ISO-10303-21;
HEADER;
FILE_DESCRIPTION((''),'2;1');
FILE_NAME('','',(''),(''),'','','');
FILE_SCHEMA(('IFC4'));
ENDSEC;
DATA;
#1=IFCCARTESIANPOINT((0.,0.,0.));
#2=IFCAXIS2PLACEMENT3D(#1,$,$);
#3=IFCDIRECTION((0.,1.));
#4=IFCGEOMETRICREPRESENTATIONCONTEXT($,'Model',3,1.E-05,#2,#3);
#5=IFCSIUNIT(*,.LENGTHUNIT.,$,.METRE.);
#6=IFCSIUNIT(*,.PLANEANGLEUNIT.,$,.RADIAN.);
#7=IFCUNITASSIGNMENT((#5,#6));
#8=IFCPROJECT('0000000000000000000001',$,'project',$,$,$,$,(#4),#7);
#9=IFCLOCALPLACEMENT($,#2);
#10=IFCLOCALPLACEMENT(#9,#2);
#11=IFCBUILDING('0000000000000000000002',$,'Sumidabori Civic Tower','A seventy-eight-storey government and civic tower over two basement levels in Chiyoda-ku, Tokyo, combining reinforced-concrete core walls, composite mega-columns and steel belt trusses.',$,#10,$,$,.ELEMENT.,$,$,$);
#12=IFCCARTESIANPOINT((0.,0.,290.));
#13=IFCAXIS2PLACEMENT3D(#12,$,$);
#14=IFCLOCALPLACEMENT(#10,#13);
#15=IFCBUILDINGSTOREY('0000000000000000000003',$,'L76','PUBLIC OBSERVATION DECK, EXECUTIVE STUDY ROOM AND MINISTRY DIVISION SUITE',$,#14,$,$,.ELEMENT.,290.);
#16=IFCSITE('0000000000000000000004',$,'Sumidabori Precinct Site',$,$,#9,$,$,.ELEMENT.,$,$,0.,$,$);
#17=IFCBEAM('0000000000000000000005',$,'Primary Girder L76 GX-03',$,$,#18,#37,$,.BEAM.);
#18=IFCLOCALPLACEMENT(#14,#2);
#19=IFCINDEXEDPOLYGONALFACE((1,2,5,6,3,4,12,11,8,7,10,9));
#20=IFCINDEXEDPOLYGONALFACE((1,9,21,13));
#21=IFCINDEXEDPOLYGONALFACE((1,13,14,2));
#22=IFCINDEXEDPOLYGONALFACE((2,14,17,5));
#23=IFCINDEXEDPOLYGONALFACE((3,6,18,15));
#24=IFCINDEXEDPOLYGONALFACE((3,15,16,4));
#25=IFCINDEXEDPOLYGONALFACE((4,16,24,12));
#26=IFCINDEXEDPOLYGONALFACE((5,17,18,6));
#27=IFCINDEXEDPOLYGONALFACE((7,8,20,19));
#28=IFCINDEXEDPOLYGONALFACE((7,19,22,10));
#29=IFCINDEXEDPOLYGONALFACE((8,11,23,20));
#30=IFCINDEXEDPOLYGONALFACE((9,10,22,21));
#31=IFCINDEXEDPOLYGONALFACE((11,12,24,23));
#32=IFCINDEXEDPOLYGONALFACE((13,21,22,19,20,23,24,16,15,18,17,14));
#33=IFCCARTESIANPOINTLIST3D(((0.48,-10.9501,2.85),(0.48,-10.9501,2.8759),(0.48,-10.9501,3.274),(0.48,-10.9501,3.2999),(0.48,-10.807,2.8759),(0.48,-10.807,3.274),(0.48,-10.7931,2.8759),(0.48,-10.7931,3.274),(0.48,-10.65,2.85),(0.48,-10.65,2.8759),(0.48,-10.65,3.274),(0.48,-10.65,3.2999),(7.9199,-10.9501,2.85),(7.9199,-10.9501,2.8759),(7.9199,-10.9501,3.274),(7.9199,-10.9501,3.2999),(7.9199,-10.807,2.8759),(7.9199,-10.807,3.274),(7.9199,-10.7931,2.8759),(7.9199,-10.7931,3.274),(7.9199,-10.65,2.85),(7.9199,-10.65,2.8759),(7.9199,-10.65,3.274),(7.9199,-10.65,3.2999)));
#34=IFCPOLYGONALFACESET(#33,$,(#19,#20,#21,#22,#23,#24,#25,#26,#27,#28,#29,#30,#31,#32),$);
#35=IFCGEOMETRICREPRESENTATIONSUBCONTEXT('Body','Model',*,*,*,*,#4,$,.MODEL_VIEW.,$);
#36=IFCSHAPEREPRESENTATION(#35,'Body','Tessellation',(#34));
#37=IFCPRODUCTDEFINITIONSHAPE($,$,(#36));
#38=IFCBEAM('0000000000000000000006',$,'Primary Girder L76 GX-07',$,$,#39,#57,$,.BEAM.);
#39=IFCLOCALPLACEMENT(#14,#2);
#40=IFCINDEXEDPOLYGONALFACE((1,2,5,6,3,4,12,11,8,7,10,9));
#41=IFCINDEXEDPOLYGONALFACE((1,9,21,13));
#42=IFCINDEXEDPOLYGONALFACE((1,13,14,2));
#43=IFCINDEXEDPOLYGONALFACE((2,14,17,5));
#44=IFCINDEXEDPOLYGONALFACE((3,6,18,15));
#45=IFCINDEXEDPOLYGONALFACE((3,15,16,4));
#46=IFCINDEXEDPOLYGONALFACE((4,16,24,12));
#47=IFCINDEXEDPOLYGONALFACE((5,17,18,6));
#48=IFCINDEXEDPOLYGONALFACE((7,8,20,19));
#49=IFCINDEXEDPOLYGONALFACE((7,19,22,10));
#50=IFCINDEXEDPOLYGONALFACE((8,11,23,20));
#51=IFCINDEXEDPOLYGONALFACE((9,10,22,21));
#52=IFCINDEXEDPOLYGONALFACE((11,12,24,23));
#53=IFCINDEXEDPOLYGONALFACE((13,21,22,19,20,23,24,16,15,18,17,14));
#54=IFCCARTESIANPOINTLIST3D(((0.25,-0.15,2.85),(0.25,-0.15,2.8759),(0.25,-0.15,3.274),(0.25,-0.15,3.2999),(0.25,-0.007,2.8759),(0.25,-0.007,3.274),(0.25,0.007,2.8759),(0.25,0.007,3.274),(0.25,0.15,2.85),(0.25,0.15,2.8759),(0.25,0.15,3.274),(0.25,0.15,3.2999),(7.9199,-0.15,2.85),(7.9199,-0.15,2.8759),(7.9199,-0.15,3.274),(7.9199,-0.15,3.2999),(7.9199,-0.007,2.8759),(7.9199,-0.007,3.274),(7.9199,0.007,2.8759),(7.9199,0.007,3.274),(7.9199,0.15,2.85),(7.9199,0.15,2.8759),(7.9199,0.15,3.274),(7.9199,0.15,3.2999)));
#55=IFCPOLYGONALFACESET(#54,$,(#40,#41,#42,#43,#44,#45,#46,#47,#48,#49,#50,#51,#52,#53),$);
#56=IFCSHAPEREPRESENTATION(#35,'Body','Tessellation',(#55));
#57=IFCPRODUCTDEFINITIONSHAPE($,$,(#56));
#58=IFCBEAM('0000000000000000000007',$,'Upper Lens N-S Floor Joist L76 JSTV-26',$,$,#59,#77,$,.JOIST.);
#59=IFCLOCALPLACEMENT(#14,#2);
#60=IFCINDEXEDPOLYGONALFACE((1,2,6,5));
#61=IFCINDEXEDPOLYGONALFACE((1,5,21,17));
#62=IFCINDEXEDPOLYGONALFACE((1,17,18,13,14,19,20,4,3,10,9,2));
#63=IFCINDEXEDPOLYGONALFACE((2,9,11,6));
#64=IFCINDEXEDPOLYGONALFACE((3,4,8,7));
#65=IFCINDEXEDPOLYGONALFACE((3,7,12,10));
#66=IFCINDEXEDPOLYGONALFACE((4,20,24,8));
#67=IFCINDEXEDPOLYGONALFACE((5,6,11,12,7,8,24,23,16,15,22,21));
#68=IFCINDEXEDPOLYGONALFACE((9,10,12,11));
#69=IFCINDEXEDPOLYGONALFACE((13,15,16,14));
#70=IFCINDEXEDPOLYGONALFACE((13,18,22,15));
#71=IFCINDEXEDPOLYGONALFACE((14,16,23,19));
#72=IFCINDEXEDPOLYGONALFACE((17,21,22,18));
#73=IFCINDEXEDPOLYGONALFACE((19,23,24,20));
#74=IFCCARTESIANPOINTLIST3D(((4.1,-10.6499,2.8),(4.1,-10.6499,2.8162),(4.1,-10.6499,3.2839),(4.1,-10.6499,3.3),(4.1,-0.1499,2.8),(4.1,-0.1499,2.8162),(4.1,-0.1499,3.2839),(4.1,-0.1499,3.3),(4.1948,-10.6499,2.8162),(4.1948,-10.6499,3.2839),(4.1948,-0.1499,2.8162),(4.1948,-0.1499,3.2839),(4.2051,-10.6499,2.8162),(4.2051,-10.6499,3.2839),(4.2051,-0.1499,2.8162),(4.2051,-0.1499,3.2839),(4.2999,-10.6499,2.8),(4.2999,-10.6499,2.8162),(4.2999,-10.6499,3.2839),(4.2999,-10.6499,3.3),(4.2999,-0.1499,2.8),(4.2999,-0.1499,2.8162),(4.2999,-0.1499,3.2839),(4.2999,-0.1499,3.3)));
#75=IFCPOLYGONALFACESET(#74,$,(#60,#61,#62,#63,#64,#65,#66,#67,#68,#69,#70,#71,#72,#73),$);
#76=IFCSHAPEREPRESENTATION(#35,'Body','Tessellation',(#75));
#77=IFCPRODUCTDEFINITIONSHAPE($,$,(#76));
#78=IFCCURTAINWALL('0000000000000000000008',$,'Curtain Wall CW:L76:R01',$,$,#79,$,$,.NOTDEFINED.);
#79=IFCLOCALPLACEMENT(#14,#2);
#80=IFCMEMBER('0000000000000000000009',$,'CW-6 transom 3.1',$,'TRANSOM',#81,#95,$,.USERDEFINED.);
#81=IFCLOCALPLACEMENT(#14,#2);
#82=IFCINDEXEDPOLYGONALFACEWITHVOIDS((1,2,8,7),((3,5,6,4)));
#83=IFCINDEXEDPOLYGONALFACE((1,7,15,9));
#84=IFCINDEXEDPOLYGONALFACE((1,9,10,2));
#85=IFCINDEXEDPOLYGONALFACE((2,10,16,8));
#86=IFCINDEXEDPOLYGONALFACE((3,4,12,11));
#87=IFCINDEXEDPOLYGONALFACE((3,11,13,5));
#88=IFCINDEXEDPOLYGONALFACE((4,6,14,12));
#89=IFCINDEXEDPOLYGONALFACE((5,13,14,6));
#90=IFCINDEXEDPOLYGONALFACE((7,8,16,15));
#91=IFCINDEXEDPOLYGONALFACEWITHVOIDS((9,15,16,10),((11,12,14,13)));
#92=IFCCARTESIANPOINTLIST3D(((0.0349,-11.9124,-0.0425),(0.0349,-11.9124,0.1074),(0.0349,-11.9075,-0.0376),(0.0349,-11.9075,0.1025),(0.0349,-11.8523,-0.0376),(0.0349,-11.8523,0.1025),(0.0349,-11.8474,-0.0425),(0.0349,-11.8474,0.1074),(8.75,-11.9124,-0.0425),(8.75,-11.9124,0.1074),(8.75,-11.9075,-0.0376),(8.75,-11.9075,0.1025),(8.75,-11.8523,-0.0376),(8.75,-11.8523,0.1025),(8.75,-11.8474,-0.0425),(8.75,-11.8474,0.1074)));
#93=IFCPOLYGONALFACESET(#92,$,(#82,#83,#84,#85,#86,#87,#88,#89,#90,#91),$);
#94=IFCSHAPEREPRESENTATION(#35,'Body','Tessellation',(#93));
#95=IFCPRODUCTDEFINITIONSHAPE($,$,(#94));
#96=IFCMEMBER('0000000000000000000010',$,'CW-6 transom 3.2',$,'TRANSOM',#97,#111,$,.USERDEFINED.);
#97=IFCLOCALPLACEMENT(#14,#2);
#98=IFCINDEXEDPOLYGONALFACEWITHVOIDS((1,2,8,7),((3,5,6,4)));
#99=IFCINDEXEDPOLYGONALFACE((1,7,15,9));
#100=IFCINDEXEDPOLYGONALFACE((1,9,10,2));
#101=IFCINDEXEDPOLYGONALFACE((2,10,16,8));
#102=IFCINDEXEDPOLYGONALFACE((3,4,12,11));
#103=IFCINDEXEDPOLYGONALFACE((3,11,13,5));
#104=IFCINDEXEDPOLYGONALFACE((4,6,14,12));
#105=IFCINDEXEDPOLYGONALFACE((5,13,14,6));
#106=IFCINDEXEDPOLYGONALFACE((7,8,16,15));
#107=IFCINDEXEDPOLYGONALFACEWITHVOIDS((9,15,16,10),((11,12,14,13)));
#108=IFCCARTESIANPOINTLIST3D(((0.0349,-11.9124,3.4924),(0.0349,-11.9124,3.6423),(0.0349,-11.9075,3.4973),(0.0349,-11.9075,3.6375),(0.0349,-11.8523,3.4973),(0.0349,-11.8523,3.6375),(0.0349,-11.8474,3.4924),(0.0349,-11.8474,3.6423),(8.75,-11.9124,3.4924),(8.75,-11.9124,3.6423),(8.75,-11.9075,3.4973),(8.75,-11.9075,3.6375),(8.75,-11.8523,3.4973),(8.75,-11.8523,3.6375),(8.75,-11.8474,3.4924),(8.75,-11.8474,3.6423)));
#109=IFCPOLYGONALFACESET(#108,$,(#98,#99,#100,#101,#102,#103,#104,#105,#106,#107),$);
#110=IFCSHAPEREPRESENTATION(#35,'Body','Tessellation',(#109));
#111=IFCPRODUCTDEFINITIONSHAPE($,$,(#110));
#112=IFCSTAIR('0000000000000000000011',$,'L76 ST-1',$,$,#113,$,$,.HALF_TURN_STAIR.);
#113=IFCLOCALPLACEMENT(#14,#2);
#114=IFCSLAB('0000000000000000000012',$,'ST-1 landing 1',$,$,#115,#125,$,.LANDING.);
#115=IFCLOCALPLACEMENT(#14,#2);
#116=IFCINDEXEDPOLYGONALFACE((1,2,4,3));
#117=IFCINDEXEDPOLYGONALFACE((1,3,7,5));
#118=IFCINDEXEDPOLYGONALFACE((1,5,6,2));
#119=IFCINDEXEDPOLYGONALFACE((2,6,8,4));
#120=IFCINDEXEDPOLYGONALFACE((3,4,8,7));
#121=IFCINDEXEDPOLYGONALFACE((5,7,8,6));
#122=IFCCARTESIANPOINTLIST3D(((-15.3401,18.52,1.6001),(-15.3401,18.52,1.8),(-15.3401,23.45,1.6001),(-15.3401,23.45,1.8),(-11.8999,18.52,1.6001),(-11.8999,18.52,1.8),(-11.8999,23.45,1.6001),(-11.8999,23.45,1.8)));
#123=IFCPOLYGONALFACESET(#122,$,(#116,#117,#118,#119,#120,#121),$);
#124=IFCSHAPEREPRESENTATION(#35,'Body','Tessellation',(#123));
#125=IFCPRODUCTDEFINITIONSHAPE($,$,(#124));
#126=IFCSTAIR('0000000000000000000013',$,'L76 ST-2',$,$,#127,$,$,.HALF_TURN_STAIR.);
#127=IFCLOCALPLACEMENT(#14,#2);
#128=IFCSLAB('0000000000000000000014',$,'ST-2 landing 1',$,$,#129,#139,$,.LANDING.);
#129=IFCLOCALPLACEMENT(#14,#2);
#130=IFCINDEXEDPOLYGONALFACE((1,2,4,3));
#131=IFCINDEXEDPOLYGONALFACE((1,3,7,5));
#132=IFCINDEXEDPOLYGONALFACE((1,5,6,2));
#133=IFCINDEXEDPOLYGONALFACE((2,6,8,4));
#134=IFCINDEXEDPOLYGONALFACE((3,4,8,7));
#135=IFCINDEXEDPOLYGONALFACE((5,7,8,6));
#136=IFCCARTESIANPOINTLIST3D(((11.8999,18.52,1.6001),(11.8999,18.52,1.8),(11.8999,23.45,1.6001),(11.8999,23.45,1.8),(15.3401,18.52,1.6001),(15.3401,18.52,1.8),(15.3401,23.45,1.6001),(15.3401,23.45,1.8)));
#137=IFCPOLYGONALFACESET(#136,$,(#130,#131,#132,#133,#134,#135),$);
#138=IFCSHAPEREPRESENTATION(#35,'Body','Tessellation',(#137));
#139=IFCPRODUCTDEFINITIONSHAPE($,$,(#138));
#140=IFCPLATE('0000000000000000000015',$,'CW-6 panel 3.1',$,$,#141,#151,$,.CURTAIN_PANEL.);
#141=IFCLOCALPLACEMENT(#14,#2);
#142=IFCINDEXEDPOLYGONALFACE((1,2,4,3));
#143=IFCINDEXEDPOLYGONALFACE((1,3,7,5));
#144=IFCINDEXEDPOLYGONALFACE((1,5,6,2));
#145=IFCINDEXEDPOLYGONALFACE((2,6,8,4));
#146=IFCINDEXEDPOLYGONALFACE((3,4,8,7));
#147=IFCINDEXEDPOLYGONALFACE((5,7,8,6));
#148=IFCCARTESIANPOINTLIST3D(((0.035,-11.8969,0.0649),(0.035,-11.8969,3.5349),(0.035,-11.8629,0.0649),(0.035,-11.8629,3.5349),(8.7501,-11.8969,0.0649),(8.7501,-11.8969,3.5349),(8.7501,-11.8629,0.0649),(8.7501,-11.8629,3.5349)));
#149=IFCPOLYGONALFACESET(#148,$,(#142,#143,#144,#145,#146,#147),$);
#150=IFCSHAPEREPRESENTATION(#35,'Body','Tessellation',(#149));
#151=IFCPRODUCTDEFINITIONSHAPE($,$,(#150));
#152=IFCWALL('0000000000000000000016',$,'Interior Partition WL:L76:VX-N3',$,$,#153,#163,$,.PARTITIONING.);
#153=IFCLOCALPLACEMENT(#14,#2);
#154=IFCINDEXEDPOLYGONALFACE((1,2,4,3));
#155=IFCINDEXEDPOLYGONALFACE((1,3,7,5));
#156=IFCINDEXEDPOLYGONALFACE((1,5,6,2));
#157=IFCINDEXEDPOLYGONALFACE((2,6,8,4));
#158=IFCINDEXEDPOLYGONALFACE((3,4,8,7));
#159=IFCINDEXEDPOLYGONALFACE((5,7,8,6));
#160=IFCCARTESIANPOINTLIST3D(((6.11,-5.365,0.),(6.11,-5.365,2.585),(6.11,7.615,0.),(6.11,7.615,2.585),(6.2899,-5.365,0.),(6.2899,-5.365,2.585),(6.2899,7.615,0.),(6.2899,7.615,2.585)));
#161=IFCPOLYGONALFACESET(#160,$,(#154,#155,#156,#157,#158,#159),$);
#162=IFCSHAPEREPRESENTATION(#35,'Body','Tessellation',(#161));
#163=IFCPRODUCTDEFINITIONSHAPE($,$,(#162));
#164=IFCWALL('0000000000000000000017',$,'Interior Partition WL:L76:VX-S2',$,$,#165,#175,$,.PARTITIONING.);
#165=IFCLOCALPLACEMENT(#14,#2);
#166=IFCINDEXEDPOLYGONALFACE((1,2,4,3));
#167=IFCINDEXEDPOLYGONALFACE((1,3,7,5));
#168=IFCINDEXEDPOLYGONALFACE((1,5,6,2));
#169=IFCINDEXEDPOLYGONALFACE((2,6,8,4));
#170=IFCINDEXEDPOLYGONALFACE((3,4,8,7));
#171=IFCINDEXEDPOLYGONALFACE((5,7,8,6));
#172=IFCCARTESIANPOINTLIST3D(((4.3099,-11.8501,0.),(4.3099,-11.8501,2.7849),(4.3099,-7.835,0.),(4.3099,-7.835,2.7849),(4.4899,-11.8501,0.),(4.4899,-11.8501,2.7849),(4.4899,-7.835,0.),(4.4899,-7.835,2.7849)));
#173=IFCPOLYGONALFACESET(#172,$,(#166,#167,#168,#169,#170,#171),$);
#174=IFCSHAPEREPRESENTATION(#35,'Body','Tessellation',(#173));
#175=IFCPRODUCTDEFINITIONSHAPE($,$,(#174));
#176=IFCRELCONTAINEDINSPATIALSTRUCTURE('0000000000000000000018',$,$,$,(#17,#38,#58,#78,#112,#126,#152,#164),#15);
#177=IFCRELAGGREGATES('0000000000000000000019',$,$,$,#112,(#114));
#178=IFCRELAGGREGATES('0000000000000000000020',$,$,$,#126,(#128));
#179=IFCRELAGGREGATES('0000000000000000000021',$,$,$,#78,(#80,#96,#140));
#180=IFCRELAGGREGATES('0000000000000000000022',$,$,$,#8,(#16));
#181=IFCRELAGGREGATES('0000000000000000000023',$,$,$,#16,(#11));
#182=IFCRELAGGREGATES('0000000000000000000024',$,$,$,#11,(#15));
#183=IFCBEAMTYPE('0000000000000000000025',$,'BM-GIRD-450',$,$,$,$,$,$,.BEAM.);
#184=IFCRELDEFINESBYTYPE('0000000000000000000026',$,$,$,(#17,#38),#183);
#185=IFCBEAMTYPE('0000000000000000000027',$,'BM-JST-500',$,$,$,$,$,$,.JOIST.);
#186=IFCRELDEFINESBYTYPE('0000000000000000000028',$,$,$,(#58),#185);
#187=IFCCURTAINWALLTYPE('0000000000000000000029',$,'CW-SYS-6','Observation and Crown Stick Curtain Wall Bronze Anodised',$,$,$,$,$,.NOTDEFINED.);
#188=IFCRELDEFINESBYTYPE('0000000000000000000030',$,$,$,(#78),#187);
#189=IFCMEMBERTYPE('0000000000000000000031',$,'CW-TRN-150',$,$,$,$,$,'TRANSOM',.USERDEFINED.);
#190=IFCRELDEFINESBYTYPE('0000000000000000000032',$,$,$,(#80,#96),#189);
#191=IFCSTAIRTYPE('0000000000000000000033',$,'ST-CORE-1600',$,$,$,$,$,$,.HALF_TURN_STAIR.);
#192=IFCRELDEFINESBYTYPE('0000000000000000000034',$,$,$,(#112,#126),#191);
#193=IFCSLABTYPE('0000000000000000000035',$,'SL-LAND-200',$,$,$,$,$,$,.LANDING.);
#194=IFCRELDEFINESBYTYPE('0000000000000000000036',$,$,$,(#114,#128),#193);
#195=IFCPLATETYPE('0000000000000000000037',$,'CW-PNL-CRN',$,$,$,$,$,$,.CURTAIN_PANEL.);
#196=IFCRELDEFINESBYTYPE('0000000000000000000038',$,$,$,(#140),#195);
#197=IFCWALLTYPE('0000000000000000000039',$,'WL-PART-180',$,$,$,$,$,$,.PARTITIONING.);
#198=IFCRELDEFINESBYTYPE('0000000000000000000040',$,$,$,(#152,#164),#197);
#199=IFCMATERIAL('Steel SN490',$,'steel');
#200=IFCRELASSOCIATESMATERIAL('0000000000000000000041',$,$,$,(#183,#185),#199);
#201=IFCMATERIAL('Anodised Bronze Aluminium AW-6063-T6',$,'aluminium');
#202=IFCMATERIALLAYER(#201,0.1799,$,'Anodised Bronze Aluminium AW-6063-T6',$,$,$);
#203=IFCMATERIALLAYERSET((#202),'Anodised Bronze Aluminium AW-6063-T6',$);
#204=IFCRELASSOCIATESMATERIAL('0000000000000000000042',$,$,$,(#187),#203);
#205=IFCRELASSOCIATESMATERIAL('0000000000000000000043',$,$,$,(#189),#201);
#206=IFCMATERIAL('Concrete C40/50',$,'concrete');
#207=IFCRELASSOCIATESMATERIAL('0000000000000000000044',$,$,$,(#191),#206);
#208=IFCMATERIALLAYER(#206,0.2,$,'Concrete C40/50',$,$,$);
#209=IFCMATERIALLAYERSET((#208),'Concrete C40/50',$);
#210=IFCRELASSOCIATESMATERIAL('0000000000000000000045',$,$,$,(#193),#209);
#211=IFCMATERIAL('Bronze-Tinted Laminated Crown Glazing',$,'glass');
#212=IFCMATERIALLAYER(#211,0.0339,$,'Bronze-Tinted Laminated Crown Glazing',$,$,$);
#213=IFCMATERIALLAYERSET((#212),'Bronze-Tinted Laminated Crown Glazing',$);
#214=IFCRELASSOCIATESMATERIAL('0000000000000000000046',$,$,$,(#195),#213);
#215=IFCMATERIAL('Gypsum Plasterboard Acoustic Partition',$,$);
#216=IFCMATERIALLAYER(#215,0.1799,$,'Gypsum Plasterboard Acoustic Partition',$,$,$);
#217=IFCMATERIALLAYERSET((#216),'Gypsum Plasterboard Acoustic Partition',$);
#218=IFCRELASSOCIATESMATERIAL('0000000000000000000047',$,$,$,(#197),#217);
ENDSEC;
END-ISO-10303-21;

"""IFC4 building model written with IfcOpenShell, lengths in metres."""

from ifc_helpers import new_model, si_unit, direction, frame, frame_2d, origin, origin_2d, place, context, subcontext, project, spatial, polyline, rectangle, hollow_rectangle, i_section, outline, extrude, source, transform, mapped, material, layer, layer_set, material_profile, profile_set, type_object, element, aggregate, save


model = new_model("IFC4")

# Units and contexts
model_context = context("Model", 3, precision=1e-05, world=origin(), true_north=direction((0.0, 1.0)))
body_context = subcontext(model_context, "Body", "Model", "MODEL_VIEW")
ifc_project = project(units=[si_unit("LENGTHUNIT", "METRE"), si_unit("PLANEANGLEUNIT", "RADIAN")], contexts=[model_context])

# Site, building, storey
site_placement = place(None, origin())
site = spatial("IfcSite", under=ifc_project, at=site_placement, Name="Sumidabori Precinct Site", CompositionType="ELEMENT", RefElevation=0.0)
building_placement = place(site_placement, origin())
building = spatial("IfcBuilding", under=site, at=building_placement, Name="Sumidabori Civic Tower", Description="A seventy-eight-storey government and civic tower over two basement levels in Chiyoda-ku, Tokyo, combining reinforced-concrete core walls, composite mega-columns and steel belt trusses.", CompositionType="ELEMENT")
storey_placement = place(building_placement, frame((0.0, 0.0, 290.0)))
storey = spatial("IfcBuildingStorey", under=building, at=storey_placement, Name="L76", Description="PUBLIC OBSERVATION DECK, EXECUTIVE STUDY ROOM AND MINISTRY DIVISION SUITE", CompositionType="ELEMENT", Elevation=290.0)

# Beams
ifc_material_1 = material(Name="Steel SN490", Category="steel")
ifc_material_profile_1 = material_profile(ifc_material_1, i_section(OverallWidth=0.3, OverallDepth=0.45, WebThickness=0.0139, FlangeThickness=0.0259, at=origin_2d()), Name="HE 450 B")
ifc_profile_set_1 = profile_set([ifc_material_profile_1], Name="Steel SN490")
beam_type_1 = type_object("IfcBeamType", Name="BM-GIRD-450", PredefinedType="BEAM", material=ifc_profile_set_1)
shared_shape_1 = source(origin(), body_context, "Body", "SweptSolid", [
    extrude(i_section(OverallWidth=0.3, OverallDepth=0.45, WebThickness=0.0139, FlangeThickness=0.0259, at=origin_2d()), origin(), (0.0, 0.0, 1.0), 7.4399),
])
beam_1_placement = place(storey_placement, frame((0.48, -10.8, 3.075), z_axis=(1.0, 0.0, 0.0), x_axis=(0.0, 1.0, 0.0)))
element("IfcBeam", 1, at=beam_1_placement, inside=storey, type_object=beam_type_1, Name="Primary Girder L76 GX-03", PredefinedType="BEAM", context=body_context, shape_type="MappedRepresentation", body=[
    mapped(shared_shape_1, transform((0.0, 0.0, 0.0), x_axis=(1.0, 0.0, 0.0), y_axis=(0.0, 1.0, 0.0), z_axis=(0.0, 0.0, 1.0), scale=1.0)),
])
shared_shape_2 = source(origin(), body_context, "Body", "SweptSolid", [
    extrude(i_section(OverallWidth=0.3, OverallDepth=0.45, WebThickness=0.0139, FlangeThickness=0.0259, at=origin_2d()), origin(), (0.0, 0.0, 1.0), 7.6699),
])
beam_2_placement = place(storey_placement, frame((0.25, 0.0, 3.075), z_axis=(1.0, 0.0, 0.0), x_axis=(0.0, 1.0, 0.0)))
element("IfcBeam", 2, at=beam_2_placement, inside=storey, type_object=beam_type_1, Name="Primary Girder L76 GX-07", PredefinedType="BEAM", context=body_context, shape_type="MappedRepresentation", body=[
    mapped(shared_shape_2, transform((0.0, 0.0, 0.0), x_axis=(1.0, 0.0, 0.0), y_axis=(0.0, 1.0, 0.0), z_axis=(0.0, 0.0, 1.0), scale=1.0)),
])
ifc_material_profile_2 = material_profile(ifc_material_1, i_section(OverallWidth=0.2, OverallDepth=0.5, WebThickness=0.0103, FlangeThickness=0.0161, at=origin_2d()), Name="IPE 500")
ifc_profile_set_2 = profile_set([ifc_material_profile_2], Name="Steel SN490")
beam_type_2 = type_object("IfcBeamType", Name="BM-JST-500", PredefinedType="JOIST", material=ifc_profile_set_2)
shared_shape_3 = source(origin(), body_context, "Body", "SweptSolid", [
    extrude(i_section(OverallWidth=0.2, OverallDepth=0.5, WebThickness=0.0103, FlangeThickness=0.0161, at=origin_2d()), origin(), (0.0, 0.0, 1.0), 10.5),
])
beam_3_placement = place(storey_placement, frame((4.2, -10.6499, 3.05), z_axis=(0.0, 1.0, 0.0), x_axis=(-1.0, 0.0, 0.0)))
element("IfcBeam", 3, at=beam_3_placement, inside=storey, type_object=beam_type_2, Name="Upper Lens N-S Floor Joist L76 JSTV-26", PredefinedType="JOIST", context=body_context, shape_type="MappedRepresentation", body=[
    mapped(shared_shape_3, transform((0.0, 0.0, 0.0), x_axis=(1.0, 0.0, 0.0), y_axis=(0.0, 1.0, 0.0), z_axis=(0.0, 0.0, 1.0), scale=1.0)),
])

# Curtain wall, members
ifc_material_2 = material(Name="Anodised Bronze Aluminium AW-6063-T6", Category="aluminium")
ifc_layer_1 = layer(ifc_material_2, 0.1799, Name="Anodised Bronze Aluminium AW-6063-T6")
ifc_layer_set_1 = layer_set([ifc_layer_1], Name="Anodised Bronze Aluminium AW-6063-T6")
curtain_wall_type = type_object("IfcCurtainWallType", Name="CW-SYS-6", Description="Observation and Crown Stick Curtain Wall Bronze Anodised", PredefinedType="NOTDEFINED", material=ifc_layer_set_1)
curtain_wall_placement = place(storey_placement, origin())
curtain_wall = element("IfcCurtainWall", 4, at=curtain_wall_placement, inside=storey, type_object=curtain_wall_type, Name="Curtain Wall CW:L76:R01", PredefinedType="NOTDEFINED")
ifc_material_profile_3 = material_profile(ifc_material_2, hollow_rectangle(XDim=0.0649, YDim=0.1499, WallThickness=0.0049, at=origin_2d()), Name="ALU TRANSOM 150x65")
ifc_profile_set_3 = profile_set([ifc_material_profile_3], Name="Anodised Bronze Aluminium AW-6063-T6")
member_type = type_object("IfcMemberType", Name="CW-TRN-150", ElementType="TRANSOM", PredefinedType="USERDEFINED", material=ifc_profile_set_3)
shared_shape_4 = source(origin(), body_context, "Body", "SweptSolid", [
    extrude(hollow_rectangle(XDim=0.0649, YDim=0.1499, WallThickness=0.0049, at=origin_2d()), origin(), (0.0, 0.0, 1.0), 8.7151),
])
member_1_placement = place(storey_placement, frame((0.0349, -11.8799, 0.0325), z_axis=(1.0, 0.0, 0.0), x_axis=(0.0, 1.0, 0.0)))
member_1 = element("IfcMember", 5, at=member_1_placement, type_object=member_type, Name="CW-6 transom 3.1", ObjectType="TRANSOM", PredefinedType="USERDEFINED", context=body_context, shape_type="MappedRepresentation", body=[
    mapped(shared_shape_4, transform((0.0, 0.0, 0.0), x_axis=(1.0, 0.0, 0.0), y_axis=(0.0, 1.0, 0.0), z_axis=(0.0, 0.0, 1.0), scale=1.0)),
])
member_2_placement = place(storey_placement, frame((0.0349, -11.8799, 3.5674), z_axis=(1.0, 0.0, 0.0), x_axis=(0.0, 1.0, 0.0)))
member_2 = element("IfcMember", 6, at=member_2_placement, type_object=member_type, Name="CW-6 transom 3.2", ObjectType="TRANSOM", PredefinedType="USERDEFINED", context=body_context, shape_type="MappedRepresentation", body=[
    mapped(shared_shape_4, transform((0.0, 0.0, 0.0), x_axis=(1.0, 0.0, 0.0), y_axis=(0.0, 1.0, 0.0), z_axis=(0.0, 0.0, 1.0), scale=1.0)),
])

# Stairs, slabs
ifc_material_3 = material(Name="Concrete C40/50", Category="concrete")
stair_type = type_object("IfcStairType", Name="ST-CORE-1600", PredefinedType="HALF_TURN_STAIR", material=ifc_material_3)
stair_1_placement = place(storey_placement, origin())
stair_1 = element("IfcStair", 7, at=stair_1_placement, inside=storey, type_object=stair_type, Name="L76 ST-1", PredefinedType="HALF_TURN_STAIR")
ifc_layer_2 = layer(ifc_material_3, 0.2, Name="Concrete C40/50")
ifc_layer_set_2 = layer_set([ifc_layer_2], Name="Concrete C40/50")
slab_type = type_object("IfcSlabType", Name="SL-LAND-200", PredefinedType="LANDING", material=ifc_layer_set_2)
slab_1_placement = place(storey_placement, frame((0.0, 0.0, 1.6001)))
slab_1 = element("IfcSlab", 8, at=slab_1_placement, type_object=slab_type, Name="ST-1 landing 1", PredefinedType="LANDING", context=body_context, shape_type="SweptSolid", body=[
    extrude(outline(polyline([(-11.8999, 18.52), (-11.8999, 23.45), (-15.3401, 23.45), (-15.3401, 18.52), (-11.8999, 18.52)])), origin(), (0.0, 0.0, 1.0), 0.2),
])
aggregate(stair_1, [slab_1])
stair_2_placement = place(storey_placement, origin())
stair_2 = element("IfcStair", 9, at=stair_2_placement, inside=storey, type_object=stair_type, Name="L76 ST-2", PredefinedType="HALF_TURN_STAIR")
slab_2_placement = place(storey_placement, frame((0.0, 0.0, 1.6001)))
slab_2 = element("IfcSlab", 10, at=slab_2_placement, type_object=slab_type, Name="ST-2 landing 1", PredefinedType="LANDING", context=body_context, shape_type="SweptSolid", body=[
    extrude(outline(polyline([(15.3401, 18.52), (15.3401, 23.45), (11.8999, 23.45), (11.8999, 18.52), (15.3401, 18.52)])), origin(), (0.0, 0.0, 1.0), 0.2),
])
aggregate(stair_2, [slab_2])

# Plate
ifc_material_4 = material(Name="Bronze-Tinted Laminated Crown Glazing", Category="glass")
ifc_layer_3 = layer(ifc_material_4, 0.0339, Name="Bronze-Tinted Laminated Crown Glazing")
ifc_layer_set_3 = layer_set([ifc_layer_3], Name="Bronze-Tinted Laminated Crown Glazing")
plate_type = type_object("IfcPlateType", Name="CW-PNL-CRN", PredefinedType="CURTAIN_PANEL", material=ifc_layer_set_3)
shared_shape_5 = source(origin(), body_context, "Body", "SweptSolid", [
    extrude(rectangle(XDim=8.7151, YDim=0.0339, at=origin_2d()), origin(), (0.0, 0.0, 1.0), 3.47),
])
plate_placement = place(storey_placement, frame((4.3926, -11.8799, 0.0649), z_axis=(0.0, 0.0, 1.0), x_axis=(1.0, 0.0, 0.0)))
plate = element("IfcPlate", 11, at=plate_placement, type_object=plate_type, Name="CW-6 panel 3.1", PredefinedType="CURTAIN_PANEL", context=body_context, shape_type="MappedRepresentation", body=[
    mapped(shared_shape_5, transform((0.0, 0.0, 0.0), x_axis=(1.0, 0.0, 0.0), y_axis=(0.0, 1.0, 0.0), z_axis=(0.0, 0.0, 1.0), scale=1.0)),
])
aggregate(curtain_wall, [member_1, member_2, plate])

# Walls
ifc_material_5 = material(Name="Gypsum Plasterboard Acoustic Partition")
ifc_layer_4 = layer(ifc_material_5, 0.1799, Name="Gypsum Plasterboard Acoustic Partition")
ifc_layer_set_4 = layer_set([ifc_layer_4], Name="Gypsum Plasterboard Acoustic Partition")
wall_type = type_object("IfcWallType", Name="WL-PART-180", PredefinedType="PARTITIONING", material=ifc_layer_set_4)
shared_shape_6 = source(origin(), body_context, "Body", "SweptSolid", [
    extrude(rectangle(XDim=12.98, YDim=0.1799, at=frame_2d((6.49, 0.0))), origin(), (0.0, 0.0, 1.0), 2.585),
])
wall_1_placement = place(storey_placement, frame((6.2, -5.365, 0.0), z_axis=(0.0, 0.0, 1.0), x_axis=(0.0, 1.0, 0.0)))
element("IfcWall", 12, at=wall_1_placement, inside=storey, type_object=wall_type, Name="Interior Partition WL:L76:VX-N3", PredefinedType="PARTITIONING", context=body_context, shape_type="MappedRepresentation", body=[
    mapped(shared_shape_6, transform((0.0, 0.0, 0.0), x_axis=(1.0, 0.0, 0.0), y_axis=(0.0, 1.0, 0.0), z_axis=(0.0, 0.0, 1.0), scale=1.0)),
])
shared_shape_7 = source(origin(), body_context, "Body", "SweptSolid", [
    extrude(rectangle(XDim=4.0151, YDim=0.1799, at=frame_2d((2.0076, 0.0))), origin(), (0.0, 0.0, 1.0), 2.7849),
])
wall_2_placement = place(storey_placement, frame((4.3999, -11.8501, 0.0), z_axis=(0.0, 0.0, 1.0), x_axis=(0.0, 1.0, 0.0)))
element("IfcWall", 13, at=wall_2_placement, inside=storey, type_object=wall_type, Name="Interior Partition WL:L76:VX-S2", PredefinedType="PARTITIONING", context=body_context, shape_type="MappedRepresentation", body=[
    mapped(shared_shape_7, transform((0.0, 0.0, 0.0), x_axis=(1.0, 0.0, 0.0), y_axis=(0.0, 1.0, 0.0), z_axis=(0.0, 0.0, 1.0), scale=1.0)),
])

save(model, "model.ifc")
